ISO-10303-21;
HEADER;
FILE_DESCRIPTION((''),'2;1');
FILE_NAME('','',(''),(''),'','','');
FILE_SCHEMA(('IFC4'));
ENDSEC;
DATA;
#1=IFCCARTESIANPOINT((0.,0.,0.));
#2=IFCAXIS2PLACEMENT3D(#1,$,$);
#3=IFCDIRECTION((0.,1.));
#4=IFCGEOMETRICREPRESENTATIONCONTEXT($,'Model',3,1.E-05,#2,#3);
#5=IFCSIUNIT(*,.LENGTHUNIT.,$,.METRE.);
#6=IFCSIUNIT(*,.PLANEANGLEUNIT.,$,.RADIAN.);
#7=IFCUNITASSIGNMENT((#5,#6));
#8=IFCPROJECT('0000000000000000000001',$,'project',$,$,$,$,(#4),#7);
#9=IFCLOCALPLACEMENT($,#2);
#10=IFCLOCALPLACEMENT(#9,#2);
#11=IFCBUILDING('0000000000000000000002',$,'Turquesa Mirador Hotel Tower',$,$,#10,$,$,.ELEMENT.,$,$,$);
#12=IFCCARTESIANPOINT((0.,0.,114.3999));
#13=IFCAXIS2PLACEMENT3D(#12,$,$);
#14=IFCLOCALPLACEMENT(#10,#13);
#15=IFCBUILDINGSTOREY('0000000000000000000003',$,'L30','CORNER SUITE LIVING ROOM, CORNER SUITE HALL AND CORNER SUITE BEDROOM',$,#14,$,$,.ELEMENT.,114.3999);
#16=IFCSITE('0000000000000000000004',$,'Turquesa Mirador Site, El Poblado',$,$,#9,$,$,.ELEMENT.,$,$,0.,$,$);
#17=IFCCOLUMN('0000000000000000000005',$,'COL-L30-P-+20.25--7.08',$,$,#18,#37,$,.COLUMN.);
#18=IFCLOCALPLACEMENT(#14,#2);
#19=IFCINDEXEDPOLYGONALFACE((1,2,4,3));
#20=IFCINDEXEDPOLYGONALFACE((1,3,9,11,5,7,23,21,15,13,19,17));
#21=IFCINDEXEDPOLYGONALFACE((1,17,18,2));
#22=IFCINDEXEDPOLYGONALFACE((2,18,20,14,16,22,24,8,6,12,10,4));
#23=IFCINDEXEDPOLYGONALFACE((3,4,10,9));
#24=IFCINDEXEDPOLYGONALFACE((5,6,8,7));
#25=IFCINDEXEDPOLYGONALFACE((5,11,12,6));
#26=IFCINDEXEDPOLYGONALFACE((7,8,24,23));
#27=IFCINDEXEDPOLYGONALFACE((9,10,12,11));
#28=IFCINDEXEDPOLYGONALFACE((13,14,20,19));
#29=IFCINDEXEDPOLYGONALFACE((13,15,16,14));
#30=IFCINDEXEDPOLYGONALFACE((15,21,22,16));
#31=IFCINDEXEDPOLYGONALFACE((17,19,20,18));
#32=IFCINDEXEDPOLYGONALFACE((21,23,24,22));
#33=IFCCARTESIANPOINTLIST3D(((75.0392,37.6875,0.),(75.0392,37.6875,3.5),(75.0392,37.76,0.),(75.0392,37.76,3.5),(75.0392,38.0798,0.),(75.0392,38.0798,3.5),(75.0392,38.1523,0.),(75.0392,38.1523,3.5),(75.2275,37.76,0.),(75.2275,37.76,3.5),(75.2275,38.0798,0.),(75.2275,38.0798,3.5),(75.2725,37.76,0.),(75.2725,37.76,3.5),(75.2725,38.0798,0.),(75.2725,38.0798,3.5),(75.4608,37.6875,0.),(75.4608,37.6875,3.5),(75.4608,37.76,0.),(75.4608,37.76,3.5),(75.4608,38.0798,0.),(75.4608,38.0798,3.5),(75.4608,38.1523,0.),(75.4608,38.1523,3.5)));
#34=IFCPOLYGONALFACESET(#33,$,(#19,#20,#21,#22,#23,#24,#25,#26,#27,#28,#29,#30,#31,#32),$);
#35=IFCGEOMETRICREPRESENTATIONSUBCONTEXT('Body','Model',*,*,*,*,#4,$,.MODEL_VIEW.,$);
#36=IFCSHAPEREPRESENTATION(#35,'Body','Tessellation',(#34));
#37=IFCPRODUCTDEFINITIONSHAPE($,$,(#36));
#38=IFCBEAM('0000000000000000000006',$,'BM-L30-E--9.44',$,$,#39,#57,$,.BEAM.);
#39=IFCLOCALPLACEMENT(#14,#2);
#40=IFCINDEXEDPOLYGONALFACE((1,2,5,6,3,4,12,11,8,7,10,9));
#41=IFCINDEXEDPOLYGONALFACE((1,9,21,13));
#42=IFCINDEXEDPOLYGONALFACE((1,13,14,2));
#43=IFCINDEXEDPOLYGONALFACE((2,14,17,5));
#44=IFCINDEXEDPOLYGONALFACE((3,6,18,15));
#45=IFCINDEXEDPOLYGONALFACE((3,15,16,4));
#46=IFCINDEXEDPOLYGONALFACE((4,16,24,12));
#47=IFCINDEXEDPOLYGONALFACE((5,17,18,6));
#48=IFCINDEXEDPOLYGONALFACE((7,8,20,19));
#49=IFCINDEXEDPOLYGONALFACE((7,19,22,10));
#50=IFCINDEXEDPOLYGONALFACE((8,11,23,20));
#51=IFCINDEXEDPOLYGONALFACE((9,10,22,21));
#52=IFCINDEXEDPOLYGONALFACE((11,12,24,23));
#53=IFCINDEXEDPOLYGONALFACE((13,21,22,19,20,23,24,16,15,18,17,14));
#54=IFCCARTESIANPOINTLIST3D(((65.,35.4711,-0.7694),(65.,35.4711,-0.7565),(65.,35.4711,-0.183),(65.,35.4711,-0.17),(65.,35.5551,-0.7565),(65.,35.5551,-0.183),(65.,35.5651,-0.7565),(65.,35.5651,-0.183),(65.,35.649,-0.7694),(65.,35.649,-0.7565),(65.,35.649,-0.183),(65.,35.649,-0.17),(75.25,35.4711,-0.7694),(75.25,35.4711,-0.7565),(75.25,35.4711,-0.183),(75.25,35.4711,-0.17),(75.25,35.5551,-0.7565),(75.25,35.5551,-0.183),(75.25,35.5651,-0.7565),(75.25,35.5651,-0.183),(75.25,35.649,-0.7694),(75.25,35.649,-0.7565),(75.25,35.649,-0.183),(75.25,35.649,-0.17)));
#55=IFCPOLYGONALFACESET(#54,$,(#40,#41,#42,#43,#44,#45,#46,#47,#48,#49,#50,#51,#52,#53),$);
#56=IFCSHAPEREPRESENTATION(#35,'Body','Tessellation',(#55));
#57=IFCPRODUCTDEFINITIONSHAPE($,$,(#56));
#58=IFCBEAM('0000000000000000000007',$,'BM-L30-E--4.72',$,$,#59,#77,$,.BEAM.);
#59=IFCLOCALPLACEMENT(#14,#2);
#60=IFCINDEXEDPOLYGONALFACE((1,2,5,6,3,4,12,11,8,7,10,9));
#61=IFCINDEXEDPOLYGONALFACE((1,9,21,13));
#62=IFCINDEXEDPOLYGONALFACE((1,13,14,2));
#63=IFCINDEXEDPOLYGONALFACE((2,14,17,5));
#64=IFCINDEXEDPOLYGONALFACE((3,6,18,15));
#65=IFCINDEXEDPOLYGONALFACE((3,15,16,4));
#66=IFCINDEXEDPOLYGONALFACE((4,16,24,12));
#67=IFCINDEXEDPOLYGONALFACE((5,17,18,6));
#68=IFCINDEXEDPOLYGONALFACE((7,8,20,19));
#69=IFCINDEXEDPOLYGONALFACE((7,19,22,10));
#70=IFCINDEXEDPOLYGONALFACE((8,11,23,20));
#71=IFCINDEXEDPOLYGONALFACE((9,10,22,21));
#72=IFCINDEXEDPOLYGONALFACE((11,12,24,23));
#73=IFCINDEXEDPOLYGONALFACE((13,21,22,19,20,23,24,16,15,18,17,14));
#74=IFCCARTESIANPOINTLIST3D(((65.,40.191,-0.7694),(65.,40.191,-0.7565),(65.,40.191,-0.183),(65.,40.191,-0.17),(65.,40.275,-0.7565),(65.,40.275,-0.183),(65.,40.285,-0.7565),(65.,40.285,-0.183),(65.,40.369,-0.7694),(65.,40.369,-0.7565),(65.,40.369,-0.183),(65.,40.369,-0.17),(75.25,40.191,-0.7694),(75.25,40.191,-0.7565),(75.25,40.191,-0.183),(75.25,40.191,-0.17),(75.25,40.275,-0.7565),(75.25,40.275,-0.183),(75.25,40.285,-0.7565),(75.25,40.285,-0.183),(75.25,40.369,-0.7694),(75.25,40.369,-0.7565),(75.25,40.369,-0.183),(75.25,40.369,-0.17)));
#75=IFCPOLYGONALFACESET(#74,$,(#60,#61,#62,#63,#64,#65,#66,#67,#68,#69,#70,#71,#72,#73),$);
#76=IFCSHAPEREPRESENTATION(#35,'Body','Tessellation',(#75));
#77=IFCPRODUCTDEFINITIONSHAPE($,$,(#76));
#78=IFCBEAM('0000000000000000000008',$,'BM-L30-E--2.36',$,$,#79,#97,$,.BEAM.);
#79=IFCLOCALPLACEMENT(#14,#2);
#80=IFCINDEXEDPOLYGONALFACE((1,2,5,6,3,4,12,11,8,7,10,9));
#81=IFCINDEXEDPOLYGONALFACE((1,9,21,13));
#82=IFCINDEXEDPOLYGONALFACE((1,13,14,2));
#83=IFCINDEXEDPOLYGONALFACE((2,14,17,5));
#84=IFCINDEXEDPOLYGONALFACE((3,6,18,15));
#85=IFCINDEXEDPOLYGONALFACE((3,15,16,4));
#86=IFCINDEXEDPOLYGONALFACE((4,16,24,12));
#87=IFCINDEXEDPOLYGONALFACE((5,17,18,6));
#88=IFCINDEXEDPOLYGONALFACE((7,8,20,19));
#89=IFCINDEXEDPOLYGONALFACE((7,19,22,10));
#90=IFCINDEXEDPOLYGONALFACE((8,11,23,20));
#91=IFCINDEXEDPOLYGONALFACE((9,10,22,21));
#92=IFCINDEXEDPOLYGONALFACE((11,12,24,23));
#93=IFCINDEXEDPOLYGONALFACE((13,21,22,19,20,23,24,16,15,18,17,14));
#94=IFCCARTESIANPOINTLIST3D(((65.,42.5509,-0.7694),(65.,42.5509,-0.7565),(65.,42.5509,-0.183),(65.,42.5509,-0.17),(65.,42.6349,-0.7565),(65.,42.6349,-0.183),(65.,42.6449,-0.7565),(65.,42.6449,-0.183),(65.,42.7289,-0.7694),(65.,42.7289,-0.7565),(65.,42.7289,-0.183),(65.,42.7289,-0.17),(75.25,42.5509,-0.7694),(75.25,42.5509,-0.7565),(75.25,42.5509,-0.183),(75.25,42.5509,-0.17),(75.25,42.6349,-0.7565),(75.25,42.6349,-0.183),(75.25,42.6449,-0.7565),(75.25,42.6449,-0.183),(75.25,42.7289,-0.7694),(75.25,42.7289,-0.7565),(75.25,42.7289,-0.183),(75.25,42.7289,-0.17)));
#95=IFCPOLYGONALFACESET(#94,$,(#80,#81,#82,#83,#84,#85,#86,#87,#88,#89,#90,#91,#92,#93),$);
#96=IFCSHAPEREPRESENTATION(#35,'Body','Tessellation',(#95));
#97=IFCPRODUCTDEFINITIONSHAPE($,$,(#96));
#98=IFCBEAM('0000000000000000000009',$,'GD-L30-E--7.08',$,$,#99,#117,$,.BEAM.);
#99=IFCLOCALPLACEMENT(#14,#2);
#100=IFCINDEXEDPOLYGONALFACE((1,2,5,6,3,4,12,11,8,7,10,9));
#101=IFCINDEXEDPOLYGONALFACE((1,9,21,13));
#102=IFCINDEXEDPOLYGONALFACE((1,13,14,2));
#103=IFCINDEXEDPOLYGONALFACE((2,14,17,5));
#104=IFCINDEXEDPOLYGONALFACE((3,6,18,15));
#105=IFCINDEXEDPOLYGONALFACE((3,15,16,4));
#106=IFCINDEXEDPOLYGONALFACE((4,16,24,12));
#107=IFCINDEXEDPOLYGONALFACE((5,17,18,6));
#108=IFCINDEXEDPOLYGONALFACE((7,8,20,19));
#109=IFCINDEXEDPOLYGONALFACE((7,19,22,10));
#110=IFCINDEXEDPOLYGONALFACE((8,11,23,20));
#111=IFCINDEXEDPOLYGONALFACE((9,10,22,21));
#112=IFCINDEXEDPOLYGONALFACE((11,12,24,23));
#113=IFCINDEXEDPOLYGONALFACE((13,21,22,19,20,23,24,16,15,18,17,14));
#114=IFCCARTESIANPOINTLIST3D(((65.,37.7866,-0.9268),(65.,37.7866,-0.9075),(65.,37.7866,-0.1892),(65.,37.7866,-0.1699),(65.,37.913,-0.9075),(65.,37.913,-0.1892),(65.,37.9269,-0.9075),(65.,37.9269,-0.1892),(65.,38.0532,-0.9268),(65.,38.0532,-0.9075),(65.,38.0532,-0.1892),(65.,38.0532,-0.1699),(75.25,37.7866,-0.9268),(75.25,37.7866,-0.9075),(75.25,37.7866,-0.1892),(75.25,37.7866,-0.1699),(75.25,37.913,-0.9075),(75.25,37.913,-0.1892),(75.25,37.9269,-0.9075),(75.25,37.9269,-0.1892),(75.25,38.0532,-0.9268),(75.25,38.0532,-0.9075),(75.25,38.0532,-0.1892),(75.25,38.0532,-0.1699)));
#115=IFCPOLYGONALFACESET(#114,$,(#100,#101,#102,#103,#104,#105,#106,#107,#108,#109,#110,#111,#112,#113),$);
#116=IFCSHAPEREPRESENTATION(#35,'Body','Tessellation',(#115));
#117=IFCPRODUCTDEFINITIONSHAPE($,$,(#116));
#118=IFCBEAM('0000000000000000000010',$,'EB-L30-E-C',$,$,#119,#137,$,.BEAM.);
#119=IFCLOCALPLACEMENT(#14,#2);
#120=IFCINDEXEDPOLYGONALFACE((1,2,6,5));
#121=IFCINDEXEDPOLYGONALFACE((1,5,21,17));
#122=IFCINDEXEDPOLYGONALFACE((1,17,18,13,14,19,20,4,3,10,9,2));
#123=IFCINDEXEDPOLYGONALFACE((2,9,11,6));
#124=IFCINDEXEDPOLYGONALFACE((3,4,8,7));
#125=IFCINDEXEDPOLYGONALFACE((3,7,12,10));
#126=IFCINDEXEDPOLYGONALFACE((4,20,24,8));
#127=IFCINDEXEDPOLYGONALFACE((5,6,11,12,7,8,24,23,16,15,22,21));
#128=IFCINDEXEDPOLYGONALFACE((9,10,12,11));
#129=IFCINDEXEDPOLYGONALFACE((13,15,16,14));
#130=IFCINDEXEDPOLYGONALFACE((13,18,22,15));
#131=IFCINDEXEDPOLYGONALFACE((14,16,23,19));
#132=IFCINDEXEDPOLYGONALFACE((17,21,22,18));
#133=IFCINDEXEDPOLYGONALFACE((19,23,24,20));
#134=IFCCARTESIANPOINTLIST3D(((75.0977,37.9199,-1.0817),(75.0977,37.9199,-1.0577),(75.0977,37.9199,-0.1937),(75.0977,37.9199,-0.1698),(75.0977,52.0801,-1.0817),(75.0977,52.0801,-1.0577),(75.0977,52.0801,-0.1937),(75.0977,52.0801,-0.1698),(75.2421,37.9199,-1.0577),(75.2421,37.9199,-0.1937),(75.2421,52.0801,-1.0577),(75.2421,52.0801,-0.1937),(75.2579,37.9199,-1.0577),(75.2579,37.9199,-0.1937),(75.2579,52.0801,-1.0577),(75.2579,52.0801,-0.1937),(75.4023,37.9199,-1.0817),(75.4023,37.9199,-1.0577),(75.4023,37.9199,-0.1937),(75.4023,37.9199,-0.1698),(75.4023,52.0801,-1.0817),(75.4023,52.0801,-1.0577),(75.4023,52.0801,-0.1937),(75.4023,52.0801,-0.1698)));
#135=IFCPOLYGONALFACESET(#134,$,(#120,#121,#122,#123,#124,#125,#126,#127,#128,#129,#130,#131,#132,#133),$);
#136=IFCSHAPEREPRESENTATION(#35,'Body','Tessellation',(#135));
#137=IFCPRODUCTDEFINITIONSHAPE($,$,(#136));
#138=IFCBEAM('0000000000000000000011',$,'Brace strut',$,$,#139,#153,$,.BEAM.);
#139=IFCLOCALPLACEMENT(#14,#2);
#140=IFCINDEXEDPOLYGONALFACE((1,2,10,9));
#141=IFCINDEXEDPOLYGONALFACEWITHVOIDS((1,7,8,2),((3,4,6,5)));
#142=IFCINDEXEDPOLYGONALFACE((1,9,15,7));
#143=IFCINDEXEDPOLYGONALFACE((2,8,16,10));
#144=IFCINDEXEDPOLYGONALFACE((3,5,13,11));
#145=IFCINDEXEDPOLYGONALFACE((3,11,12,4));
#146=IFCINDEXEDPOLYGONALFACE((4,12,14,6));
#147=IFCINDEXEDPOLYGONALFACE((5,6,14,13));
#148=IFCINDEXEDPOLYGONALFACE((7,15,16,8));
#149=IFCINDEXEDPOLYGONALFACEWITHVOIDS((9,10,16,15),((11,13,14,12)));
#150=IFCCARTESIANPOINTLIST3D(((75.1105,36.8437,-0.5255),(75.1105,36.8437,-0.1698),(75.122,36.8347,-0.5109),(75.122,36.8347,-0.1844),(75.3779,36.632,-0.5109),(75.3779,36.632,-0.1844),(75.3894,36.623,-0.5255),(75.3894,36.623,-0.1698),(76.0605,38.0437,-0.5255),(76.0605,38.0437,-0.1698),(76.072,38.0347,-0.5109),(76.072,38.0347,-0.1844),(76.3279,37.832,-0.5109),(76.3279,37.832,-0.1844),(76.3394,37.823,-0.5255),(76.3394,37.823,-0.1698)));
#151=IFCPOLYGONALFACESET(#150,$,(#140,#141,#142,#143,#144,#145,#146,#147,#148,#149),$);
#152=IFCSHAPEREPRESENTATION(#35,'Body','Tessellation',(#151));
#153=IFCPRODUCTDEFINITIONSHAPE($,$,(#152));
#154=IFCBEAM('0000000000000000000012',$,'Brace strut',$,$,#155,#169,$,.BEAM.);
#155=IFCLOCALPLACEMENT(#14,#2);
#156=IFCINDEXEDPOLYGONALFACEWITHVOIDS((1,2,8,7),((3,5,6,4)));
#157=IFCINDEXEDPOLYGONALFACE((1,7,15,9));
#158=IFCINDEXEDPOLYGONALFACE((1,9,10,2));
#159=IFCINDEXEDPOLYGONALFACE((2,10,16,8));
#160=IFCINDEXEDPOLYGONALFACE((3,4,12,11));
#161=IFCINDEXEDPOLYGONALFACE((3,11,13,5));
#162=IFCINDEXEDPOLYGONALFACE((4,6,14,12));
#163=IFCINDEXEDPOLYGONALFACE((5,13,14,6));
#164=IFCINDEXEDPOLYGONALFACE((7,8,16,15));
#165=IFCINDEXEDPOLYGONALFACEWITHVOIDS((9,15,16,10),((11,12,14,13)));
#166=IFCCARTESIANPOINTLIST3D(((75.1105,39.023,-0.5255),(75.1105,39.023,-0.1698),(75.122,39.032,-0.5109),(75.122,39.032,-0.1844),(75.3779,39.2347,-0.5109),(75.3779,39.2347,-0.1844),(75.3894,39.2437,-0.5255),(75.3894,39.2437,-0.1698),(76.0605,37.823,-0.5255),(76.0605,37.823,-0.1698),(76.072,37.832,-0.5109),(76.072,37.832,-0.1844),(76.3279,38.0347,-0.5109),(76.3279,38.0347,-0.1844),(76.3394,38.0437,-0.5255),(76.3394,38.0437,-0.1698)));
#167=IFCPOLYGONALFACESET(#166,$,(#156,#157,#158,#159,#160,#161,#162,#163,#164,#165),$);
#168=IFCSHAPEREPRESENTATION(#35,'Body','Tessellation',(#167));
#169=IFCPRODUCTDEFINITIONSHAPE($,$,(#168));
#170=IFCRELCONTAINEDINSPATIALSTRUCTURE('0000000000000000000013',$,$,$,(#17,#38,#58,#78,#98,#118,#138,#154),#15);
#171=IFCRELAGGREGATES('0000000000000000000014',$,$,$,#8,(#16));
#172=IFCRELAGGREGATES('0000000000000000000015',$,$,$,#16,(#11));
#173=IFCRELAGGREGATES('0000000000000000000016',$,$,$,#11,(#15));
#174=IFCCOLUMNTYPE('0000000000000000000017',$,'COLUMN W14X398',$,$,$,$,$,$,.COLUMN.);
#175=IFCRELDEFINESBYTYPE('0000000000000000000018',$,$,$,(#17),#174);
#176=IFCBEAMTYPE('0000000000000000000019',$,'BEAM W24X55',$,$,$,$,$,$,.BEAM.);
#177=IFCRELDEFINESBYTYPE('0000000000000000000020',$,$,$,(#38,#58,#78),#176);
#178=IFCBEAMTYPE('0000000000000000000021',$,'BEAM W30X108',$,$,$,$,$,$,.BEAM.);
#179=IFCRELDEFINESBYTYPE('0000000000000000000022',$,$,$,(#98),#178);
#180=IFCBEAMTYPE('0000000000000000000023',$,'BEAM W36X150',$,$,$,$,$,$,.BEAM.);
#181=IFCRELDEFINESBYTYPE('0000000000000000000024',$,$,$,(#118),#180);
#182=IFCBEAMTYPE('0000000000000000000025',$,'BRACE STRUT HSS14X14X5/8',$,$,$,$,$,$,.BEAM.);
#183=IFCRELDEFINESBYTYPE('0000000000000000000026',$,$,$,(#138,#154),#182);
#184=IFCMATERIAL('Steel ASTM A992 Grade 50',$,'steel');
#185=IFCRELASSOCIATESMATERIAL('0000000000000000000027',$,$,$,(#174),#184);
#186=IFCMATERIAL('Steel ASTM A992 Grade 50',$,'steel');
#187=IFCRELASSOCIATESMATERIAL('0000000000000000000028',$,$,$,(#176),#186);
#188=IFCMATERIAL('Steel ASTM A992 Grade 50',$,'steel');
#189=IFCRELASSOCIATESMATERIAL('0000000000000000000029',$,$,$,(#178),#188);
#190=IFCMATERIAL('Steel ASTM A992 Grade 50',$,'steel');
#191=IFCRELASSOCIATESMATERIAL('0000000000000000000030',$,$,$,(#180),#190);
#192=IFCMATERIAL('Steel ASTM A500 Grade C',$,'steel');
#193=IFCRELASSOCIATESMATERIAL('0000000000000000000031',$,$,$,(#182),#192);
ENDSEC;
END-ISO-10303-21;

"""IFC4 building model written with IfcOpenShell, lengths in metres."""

from ifc_helpers import new_model, si_unit, direction, frame, origin, origin_2d, place, context, subcontext, project, spatial, hollow_rectangle, i_section, extrude, material, material_profile, profile_set, type_object, element, save


model = new_model("IFC4")

# Units and contexts
model_context = context("Model", 3, precision=1e-05, world=origin(), true_north=direction((0.0, 1.0)))
body_context = subcontext(model_context, "Body", "Model", "MODEL_VIEW")
ifc_project = project(units=[si_unit("LENGTHUNIT", "METRE"), si_unit("PLANEANGLEUNIT", "RADIAN")], contexts=[model_context])

# Site, building, storey
site_placement = place(None, origin())
site = spatial("IfcSite", under=ifc_project, at=site_placement, Name="Turquesa Mirador Site, El Poblado", CompositionType="ELEMENT", RefElevation=0.0)
building_placement = place(site_placement, origin())
building = spatial("IfcBuilding", under=site, at=building_placement, Name="Turquesa Mirador Hotel Tower", CompositionType="ELEMENT")
storey_placement = place(building_placement, frame((0.0, 0.0, 114.3999)))
storey = spatial("IfcBuildingStorey", under=building, at=storey_placement, Name="L30", Description="CORNER SUITE LIVING ROOM, CORNER SUITE HALL AND CORNER SUITE BEDROOM", CompositionType="ELEMENT", Elevation=114.3999)

# Column
ifc_material_1 = material(Name="Steel ASTM A992 Grade 50", Category="steel")
ifc_material_profile_1 = material_profile(ifc_material_1, i_section(OverallWidth=0.4216, OverallDepth=0.4648, WebThickness=0.0449, FlangeThickness=0.0725, at=origin_2d()), Name="W14X398")
ifc_profile_set_1 = profile_set([ifc_material_profile_1], Name="Steel ASTM A992 Grade 50")
column_type = type_object("IfcColumnType", Name="COLUMN W14X398", PredefinedType="COLUMN", material=ifc_profile_set_1)
column_placement = place(storey_placement, frame((75.25, 37.9199, 0.0), z_axis=(0.0, 0.0, 1.0), x_axis=(1.0, 0.0, 0.0)))
element("IfcColumn", 1, at=column_placement, inside=storey, type_object=column_type, Name="COL-L30-P-+20.25--7.08", PredefinedType="COLUMN", context=body_context, shape_type="SweptSolid", body=[
    extrude(i_section(OverallWidth=0.4216, OverallDepth=0.4648, WebThickness=0.0449, FlangeThickness=0.0725, at=origin_2d()), origin(), (0.0, 0.0, 1.0), 3.5),
])

# Beams
ifc_material_2 = material(Name="Steel ASTM A992 Grade 50", Category="steel")
ifc_material_profile_2 = material_profile(ifc_material_2, i_section(OverallWidth=0.178, OverallDepth=0.5994, WebThickness=0.01, FlangeThickness=0.0129, at=origin_2d()), Name="W24X55")
ifc_profile_set_2 = profile_set([ifc_material_profile_2], Name="Steel ASTM A992 Grade 50")
beam_type_1 = type_object("IfcBeamType", Name="BEAM W24X55", PredefinedType="BEAM", material=ifc_profile_set_2)
for number, where, z_axis, x_axis, name in (
    (2, (75.25, 35.5601, -0.4697), (-1.0, 0.0, 0.0), (0.0, -1.0, 0.0), "BM-L30-E--9.44"),
    (3, (75.25, 40.28, -0.4697), (-1.0, 0.0, 0.0), (0.0, -1.0, 0.0), "BM-L30-E--4.72"),
    (4, (75.25, 42.6399, -0.4697), (-1.0, 0.0, 0.0), (0.0, -1.0, 0.0), "BM-L30-E--2.36"),
):
    element("IfcBeam", number, at=place(storey_placement, frame(where, z_axis=z_axis, x_axis=x_axis)), inside=storey, type_object=beam_type_1, Name=name, PredefinedType="BEAM", context=body_context, shape_type="SweptSolid", body=[
        extrude(i_section(OverallWidth=0.178, OverallDepth=0.5994, WebThickness=0.01, FlangeThickness=0.0129, at=origin_2d()), origin(), (0.0, 0.0, 1.0), 10.25),
    ])
ifc_material_3 = material(Name="Steel ASTM A992 Grade 50", Category="steel")
ifc_material_profile_3 = material_profile(ifc_material_3, i_section(OverallWidth=0.2666, OverallDepth=0.7568, WebThickness=0.0139, FlangeThickness=0.0193, at=origin_2d()), Name="W30X108")
ifc_profile_set_3 = profile_set([ifc_material_profile_3], Name="Steel ASTM A992 Grade 50")
beam_type_2 = type_object("IfcBeamType", Name="BEAM W30X108", PredefinedType="BEAM", material=ifc_profile_set_3)
beam_1_placement = place(storey_placement, frame((75.25, 37.9199, -0.5483), z_axis=(-1.0, 0.0, 0.0), x_axis=(0.0, -1.0, 0.0)))
element("IfcBeam", 5, at=beam_1_placement, inside=storey, type_object=beam_type_2, Name="GD-L30-E--7.08", PredefinedType="BEAM", context=body_context, shape_type="SweptSolid", body=[
    extrude(i_section(OverallWidth=0.2666, OverallDepth=0.7568, WebThickness=0.0139, FlangeThickness=0.0193, at=origin_2d()), origin(), (0.0, 0.0, 1.0), 10.25),
])
ifc_material_4 = material(Name="Steel ASTM A992 Grade 50", Category="steel")
ifc_material_profile_4 = material_profile(ifc_material_4, i_section(OverallWidth=0.3047, OverallDepth=0.9119, WebThickness=0.0159, FlangeThickness=0.0239, at=origin_2d()), Name="W36X150")
ifc_profile_set_4 = profile_set([ifc_material_profile_4], Name="Steel ASTM A992 Grade 50")
beam_type_3 = type_object("IfcBeamType", Name="BEAM W36X150", PredefinedType="BEAM", material=ifc_profile_set_4)
beam_2_placement = place(storey_placement, frame((75.25, 37.9199, -0.6257), z_axis=(0.0, 1.0, 0.0), x_axis=(-1.0, 0.0, 0.0)))
element("IfcBeam", 6, at=beam_2_placement, inside=storey, type_object=beam_type_3, Name="EB-L30-E-C", PredefinedType="BEAM", context=body_context, shape_type="SweptSolid", body=[
    extrude(i_section(OverallWidth=0.3047, OverallDepth=0.9119, WebThickness=0.0159, FlangeThickness=0.0239, at=origin_2d()), origin(), (0.0, 0.0, 1.0), 14.1602),
])
ifc_material_5 = material(Name="Steel ASTM A500 Grade C", Category="steel")
ifc_material_profile_5 = material_profile(ifc_material_5, hollow_rectangle(XDim=0.3557, YDim=0.3557, WallThickness=0.0146, at=origin_2d()), Name="HSS14X14X5/8")
ifc_profile_set_5 = profile_set([ifc_material_profile_5], Name="Steel ASTM A500 Grade C")
beam_type_4 = type_object("IfcBeamType", Name="BRACE STRUT HSS14X14X5/8", PredefinedType="BEAM", material=ifc_profile_set_5)
for number, where, z_axis, x_axis, name in (
    (7, (76.2, 37.9333, -0.3477), (-0.620699, -0.784049, 0.0), (0.784049, -0.620699, 0.0), "Brace strut"),
    (8, (76.2, 37.9333, -0.3477), (-0.620699, 0.784049, 0.0), (-0.784049, -0.620699, 0.0), "Brace strut"),
):
    element("IfcBeam", number, at=place(storey_placement, frame(where, z_axis=z_axis, x_axis=x_axis)), inside=storey, type_object=beam_type_4, Name=name, PredefinedType="BEAM", context=body_context, shape_type="SweptSolid", body=[
        extrude(hollow_rectangle(XDim=0.3557, YDim=0.3557, WallThickness=0.0146, at=origin_2d()), origin(), (0.0, 0.0, 1.0), 1.5305),
    ])

save(model, "model.ifc")
